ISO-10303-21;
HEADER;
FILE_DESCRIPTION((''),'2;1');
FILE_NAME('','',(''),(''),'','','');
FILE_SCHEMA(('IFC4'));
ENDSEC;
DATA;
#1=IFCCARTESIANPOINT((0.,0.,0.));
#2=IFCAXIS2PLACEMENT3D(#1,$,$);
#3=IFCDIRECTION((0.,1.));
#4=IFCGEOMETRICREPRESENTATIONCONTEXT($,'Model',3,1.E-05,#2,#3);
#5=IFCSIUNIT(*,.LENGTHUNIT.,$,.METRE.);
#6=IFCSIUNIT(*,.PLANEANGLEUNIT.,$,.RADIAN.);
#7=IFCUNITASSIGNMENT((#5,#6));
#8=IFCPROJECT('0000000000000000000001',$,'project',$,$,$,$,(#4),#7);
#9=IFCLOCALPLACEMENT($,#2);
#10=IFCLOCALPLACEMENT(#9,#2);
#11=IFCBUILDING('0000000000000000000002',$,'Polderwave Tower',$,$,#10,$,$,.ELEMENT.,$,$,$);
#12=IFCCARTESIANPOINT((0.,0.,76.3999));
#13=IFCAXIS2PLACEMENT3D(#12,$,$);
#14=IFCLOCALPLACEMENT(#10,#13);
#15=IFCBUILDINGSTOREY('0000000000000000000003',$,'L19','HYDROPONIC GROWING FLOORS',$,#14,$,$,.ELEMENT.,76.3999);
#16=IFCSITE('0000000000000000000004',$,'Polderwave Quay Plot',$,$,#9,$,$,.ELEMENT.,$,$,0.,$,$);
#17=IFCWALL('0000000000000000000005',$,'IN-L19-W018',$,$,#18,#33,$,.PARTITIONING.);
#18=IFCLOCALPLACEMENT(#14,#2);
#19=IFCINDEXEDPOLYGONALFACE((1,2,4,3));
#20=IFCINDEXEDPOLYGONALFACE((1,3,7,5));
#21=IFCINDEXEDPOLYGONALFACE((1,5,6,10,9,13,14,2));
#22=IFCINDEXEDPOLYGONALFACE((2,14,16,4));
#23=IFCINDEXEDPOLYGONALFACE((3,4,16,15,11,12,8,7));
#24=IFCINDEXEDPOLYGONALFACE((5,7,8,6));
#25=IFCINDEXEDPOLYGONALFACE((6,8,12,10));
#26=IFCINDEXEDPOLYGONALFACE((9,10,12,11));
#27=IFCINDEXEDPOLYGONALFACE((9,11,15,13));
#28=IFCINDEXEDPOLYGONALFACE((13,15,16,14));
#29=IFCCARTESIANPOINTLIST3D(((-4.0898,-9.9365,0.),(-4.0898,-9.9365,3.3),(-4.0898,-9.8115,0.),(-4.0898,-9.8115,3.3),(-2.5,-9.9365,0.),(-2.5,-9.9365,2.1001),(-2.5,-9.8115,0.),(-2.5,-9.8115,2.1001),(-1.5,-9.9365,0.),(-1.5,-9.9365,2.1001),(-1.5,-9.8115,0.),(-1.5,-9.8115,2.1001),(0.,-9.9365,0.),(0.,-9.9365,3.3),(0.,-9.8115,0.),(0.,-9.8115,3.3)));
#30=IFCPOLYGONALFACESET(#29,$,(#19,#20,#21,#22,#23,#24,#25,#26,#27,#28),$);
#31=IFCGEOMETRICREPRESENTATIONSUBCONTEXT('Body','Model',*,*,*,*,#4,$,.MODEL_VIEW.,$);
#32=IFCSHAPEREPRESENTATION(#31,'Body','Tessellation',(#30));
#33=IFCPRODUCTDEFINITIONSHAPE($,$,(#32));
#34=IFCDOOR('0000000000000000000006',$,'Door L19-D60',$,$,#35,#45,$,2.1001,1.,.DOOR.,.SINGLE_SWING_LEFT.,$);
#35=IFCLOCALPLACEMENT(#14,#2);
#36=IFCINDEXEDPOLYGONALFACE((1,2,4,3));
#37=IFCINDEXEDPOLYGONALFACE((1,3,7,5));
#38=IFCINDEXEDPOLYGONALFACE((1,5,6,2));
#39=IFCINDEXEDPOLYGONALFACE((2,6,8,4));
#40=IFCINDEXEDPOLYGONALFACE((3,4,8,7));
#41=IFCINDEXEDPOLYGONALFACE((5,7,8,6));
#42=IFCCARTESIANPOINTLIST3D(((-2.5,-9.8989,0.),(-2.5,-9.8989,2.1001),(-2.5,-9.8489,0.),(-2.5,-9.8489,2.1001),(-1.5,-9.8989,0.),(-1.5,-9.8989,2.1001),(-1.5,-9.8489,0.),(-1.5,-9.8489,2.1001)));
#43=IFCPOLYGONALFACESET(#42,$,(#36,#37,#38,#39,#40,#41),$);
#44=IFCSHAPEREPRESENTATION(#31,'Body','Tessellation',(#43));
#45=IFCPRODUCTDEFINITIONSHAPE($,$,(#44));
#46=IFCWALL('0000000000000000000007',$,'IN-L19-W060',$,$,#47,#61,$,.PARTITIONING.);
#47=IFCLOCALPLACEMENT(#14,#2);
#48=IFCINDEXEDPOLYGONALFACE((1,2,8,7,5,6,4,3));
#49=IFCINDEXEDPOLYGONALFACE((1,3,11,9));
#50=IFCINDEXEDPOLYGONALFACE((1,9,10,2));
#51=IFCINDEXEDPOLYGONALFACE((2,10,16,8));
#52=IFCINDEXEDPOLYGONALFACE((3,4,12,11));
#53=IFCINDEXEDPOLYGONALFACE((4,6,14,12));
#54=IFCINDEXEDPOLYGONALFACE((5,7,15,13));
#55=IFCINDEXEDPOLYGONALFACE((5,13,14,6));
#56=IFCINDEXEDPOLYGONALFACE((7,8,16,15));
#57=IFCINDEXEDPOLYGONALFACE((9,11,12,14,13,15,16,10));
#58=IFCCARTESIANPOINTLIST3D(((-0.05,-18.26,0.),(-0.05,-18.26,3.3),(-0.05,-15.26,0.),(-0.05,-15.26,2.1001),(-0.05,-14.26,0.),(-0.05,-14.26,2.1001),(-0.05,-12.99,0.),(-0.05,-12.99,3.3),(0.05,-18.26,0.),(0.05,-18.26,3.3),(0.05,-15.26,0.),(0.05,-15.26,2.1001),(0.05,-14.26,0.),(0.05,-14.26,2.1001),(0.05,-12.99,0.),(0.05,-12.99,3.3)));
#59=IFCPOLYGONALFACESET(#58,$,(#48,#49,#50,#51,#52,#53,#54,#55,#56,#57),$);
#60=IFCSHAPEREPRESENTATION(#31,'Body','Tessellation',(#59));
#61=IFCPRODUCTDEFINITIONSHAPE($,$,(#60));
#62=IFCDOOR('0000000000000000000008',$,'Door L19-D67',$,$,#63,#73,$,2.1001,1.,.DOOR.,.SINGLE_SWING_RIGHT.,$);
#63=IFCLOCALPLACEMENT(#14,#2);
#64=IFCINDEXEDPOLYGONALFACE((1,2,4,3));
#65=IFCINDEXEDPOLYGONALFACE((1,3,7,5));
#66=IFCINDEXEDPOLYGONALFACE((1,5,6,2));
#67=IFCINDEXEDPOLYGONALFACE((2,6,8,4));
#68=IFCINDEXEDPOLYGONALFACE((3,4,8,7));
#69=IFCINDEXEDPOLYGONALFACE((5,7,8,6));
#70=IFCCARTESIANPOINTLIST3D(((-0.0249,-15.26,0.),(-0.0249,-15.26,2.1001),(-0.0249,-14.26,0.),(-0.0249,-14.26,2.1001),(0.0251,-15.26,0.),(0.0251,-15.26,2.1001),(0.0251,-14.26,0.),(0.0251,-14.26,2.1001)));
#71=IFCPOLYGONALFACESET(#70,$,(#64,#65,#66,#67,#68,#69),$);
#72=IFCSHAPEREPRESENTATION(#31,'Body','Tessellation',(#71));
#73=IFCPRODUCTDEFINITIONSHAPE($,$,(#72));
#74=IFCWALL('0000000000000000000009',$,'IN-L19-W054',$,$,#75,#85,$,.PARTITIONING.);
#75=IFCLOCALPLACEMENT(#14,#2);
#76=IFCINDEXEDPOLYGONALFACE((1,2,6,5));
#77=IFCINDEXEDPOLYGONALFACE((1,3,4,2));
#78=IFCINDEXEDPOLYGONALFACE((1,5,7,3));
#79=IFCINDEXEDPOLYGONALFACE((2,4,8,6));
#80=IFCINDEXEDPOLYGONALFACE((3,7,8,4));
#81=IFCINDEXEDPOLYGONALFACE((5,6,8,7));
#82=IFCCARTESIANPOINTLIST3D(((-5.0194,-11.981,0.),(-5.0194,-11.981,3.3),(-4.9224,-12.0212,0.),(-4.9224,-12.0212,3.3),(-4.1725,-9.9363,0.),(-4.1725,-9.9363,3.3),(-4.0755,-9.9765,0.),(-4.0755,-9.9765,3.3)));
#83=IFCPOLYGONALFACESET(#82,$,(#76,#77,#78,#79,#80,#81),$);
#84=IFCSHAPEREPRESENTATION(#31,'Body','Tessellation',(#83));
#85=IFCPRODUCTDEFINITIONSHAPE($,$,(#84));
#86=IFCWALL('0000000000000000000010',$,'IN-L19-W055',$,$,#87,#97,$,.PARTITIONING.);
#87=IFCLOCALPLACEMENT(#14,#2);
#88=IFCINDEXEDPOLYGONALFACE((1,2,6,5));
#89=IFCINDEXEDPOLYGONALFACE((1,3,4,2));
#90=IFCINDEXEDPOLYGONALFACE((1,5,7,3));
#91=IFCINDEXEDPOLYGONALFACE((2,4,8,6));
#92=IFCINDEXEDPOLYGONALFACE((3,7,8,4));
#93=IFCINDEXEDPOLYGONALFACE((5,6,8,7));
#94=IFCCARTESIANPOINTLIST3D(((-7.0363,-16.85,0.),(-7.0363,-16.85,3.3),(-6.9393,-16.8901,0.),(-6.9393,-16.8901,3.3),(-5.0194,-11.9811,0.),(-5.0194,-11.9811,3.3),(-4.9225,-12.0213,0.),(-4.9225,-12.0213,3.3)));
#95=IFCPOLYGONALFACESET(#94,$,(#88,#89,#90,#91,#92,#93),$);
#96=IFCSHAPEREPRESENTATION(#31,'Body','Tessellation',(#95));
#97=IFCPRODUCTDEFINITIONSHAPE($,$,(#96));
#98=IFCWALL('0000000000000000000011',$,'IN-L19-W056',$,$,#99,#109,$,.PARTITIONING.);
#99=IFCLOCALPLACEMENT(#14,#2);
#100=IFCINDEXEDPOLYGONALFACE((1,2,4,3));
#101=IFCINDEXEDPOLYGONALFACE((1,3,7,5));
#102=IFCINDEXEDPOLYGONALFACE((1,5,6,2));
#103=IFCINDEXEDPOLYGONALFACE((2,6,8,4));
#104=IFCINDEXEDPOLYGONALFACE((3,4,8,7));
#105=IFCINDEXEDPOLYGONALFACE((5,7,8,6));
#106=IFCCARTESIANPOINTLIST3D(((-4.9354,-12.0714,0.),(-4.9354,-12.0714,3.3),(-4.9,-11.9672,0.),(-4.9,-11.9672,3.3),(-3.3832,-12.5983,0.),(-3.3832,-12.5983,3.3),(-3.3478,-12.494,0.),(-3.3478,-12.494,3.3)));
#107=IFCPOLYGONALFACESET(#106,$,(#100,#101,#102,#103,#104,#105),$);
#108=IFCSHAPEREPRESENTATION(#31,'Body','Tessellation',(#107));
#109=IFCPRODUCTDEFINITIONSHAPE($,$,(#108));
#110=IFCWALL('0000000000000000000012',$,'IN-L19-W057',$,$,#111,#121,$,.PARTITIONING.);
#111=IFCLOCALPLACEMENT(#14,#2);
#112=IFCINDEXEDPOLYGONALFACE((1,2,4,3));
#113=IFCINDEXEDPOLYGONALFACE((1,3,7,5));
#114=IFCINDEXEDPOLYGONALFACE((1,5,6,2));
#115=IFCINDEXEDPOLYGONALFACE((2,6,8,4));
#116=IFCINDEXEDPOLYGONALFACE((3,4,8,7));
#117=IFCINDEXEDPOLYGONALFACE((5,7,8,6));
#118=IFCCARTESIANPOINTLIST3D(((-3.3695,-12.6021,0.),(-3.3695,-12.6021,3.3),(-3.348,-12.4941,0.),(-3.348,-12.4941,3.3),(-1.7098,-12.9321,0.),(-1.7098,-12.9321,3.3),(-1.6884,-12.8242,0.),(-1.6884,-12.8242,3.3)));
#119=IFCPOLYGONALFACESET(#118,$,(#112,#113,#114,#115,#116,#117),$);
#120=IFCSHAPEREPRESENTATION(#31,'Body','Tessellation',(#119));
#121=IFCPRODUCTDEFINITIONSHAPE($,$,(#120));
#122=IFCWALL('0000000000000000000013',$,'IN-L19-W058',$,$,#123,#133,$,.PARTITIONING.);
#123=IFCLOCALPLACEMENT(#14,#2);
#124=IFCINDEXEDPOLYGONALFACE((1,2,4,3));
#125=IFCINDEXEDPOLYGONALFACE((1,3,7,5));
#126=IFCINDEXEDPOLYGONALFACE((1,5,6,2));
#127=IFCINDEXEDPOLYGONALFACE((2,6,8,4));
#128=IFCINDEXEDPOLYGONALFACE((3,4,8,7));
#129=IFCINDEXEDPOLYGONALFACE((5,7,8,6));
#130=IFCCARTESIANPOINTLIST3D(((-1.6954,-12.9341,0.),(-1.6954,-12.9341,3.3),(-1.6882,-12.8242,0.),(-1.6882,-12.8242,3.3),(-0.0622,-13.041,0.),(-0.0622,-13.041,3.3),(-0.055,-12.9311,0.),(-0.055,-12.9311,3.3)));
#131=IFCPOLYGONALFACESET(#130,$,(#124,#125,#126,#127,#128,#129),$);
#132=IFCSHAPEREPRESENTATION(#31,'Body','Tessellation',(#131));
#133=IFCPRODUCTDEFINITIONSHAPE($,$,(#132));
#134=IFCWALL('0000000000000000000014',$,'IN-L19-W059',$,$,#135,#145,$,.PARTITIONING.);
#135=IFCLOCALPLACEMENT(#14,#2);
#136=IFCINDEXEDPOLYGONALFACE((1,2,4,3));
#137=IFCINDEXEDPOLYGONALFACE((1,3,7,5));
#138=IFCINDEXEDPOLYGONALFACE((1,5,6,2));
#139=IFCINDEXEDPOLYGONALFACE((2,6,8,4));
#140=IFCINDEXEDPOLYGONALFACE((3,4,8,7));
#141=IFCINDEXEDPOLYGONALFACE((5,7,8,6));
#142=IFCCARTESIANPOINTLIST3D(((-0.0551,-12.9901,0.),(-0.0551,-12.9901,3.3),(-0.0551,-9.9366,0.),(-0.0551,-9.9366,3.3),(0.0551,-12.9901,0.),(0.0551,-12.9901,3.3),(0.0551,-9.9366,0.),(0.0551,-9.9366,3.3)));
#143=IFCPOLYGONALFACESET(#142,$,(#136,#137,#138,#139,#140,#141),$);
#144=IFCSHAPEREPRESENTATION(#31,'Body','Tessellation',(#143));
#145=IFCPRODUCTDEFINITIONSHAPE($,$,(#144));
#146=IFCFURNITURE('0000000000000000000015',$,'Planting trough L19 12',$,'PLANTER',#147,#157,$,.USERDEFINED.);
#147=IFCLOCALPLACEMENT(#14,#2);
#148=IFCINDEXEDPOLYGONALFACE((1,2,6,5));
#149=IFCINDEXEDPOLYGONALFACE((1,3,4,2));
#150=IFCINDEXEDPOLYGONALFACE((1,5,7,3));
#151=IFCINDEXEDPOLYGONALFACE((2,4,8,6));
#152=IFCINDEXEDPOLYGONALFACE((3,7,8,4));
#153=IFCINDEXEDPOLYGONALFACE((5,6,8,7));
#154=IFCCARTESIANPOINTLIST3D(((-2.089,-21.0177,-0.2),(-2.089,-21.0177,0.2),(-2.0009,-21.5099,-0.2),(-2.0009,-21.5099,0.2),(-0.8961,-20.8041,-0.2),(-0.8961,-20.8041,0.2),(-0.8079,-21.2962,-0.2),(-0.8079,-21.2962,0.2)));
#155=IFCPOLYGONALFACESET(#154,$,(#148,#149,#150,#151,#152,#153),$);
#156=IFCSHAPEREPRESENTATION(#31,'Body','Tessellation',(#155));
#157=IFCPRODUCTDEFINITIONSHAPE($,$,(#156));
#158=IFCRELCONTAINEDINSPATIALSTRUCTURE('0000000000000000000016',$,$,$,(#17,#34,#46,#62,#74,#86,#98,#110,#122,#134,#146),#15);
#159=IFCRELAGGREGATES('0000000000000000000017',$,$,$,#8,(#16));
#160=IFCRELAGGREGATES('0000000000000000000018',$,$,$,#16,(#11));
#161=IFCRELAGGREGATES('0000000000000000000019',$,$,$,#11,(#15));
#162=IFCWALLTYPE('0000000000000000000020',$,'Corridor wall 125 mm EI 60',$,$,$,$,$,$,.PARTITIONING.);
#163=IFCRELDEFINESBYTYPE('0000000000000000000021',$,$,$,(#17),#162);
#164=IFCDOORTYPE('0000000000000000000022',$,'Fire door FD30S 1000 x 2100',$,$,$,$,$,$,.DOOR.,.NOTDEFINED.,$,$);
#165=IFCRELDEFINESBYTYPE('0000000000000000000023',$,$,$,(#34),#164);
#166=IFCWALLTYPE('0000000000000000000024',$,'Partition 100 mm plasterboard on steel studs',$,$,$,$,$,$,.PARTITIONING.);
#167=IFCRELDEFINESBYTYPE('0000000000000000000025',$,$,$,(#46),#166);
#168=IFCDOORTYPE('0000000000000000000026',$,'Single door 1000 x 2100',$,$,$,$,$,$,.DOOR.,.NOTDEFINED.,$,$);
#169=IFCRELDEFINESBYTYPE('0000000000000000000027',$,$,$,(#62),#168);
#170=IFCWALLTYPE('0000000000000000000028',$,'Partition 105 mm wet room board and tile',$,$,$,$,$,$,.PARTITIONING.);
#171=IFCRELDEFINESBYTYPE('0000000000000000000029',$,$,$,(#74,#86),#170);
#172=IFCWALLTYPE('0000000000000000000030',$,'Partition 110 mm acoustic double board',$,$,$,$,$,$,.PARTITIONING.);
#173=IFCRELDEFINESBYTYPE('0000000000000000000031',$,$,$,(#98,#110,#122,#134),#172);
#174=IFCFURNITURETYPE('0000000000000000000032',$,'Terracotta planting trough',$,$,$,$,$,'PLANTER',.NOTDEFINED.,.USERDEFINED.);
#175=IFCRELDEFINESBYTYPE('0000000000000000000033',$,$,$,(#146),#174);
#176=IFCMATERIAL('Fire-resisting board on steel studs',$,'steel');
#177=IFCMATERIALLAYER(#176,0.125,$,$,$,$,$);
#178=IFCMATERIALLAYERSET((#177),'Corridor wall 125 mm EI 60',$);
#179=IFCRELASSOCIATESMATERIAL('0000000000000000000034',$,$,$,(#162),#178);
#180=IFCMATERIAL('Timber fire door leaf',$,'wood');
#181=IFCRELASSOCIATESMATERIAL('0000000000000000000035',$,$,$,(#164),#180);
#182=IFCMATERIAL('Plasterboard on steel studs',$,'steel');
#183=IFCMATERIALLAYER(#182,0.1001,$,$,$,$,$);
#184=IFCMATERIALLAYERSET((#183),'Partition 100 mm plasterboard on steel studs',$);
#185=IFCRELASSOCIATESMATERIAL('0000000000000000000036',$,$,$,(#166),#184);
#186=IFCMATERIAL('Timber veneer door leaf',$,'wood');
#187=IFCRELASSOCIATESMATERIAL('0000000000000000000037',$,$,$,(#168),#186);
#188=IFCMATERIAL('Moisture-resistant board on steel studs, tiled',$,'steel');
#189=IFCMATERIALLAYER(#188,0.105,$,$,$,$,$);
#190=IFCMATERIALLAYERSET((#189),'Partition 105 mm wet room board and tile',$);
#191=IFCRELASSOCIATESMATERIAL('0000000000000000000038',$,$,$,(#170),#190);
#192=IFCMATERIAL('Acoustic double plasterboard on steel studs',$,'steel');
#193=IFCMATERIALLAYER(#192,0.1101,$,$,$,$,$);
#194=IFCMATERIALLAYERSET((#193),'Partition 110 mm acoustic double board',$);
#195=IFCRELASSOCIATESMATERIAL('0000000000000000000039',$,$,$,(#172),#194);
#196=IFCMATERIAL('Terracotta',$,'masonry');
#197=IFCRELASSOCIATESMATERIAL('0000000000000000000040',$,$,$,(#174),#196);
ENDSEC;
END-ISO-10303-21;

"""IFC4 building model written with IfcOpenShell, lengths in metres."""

from ifc_helpers import new_model, si_unit, direction, frame, frame_2d, origin, origin_2d, place, context, subcontext, project, spatial, rectangle, extrude, material, layer, layer_set, type_object, element, fill, save


model = new_model("IFC4")

# Units and contexts
model_context = context("Model", 3, precision=1e-05, world=origin(), true_north=direction((0.0, 1.0)))
body_context = subcontext(model_context, "Body", "Model", "MODEL_VIEW")
ifc_project = project(units=[si_unit("LENGTHUNIT", "METRE"), si_unit("PLANEANGLEUNIT", "RADIAN")], contexts=[model_context])

# Site, building, storey
site_placement = place(None, origin())
site = spatial("IfcSite", under=ifc_project, at=site_placement, Name="Polderwave Quay Plot", CompositionType="ELEMENT", RefElevation=0.0)
building_placement = place(site_placement, origin())
building = spatial("IfcBuilding", under=site, at=building_placement, Name="Polderwave Tower", CompositionType="ELEMENT")
storey_placement = place(building_placement, frame((0.0, 0.0, 76.3999)))
storey = spatial("IfcBuildingStorey", under=building, at=storey_placement, Name="L19", Description="HYDROPONIC GROWING FLOORS", CompositionType="ELEMENT", Elevation=76.3999)

# Walls, openings, doors
ifc_material_1 = material(Name="Fire-resisting board on steel studs", Category="steel")
ifc_layer_1 = layer(ifc_material_1, 0.125)
ifc_layer_set_1 = layer_set([ifc_layer_1], Name="Corridor wall 125 mm EI 60")
wall_type_1 = type_object("IfcWallType", Name="Corridor wall 125 mm EI 60", PredefinedType="PARTITIONING", material=ifc_layer_set_1)
ifc_material_2 = material(Name="Timber fire door leaf", Category="wood")
door_type_1 = type_object("IfcDoorType", Name="Fire door FD30S 1000 x 2100", OperationType="NOTDEFINED", PredefinedType="DOOR", material=ifc_material_2)
wall_1_placement = place(storey_placement, frame((0.0, -9.874, 0.0), z_axis=(0.0, 0.0, 1.0), x_axis=(-1.0, 0.0, 0.0)))
wall_1 = element("IfcWall", 1, at=wall_1_placement, inside=storey, type_object=wall_type_1, Name="IN-L19-W018", PredefinedType="PARTITIONING", context=body_context, shape_type="SweptSolid", body=[
    extrude(rectangle(XDim=4.0898, YDim=0.125, at=frame_2d((2.0449, 0.0))), origin(), (0.0, 0.0, 1.0), 3.3),
])
opening_1_placement = place(wall_1_placement, frame((1.5, 0.0, 0.0)))
opening_1 = element("IfcOpeningElement", 2, at=opening_1_placement, cuts=wall_1, PredefinedType="OPENING", context=body_context, shape_type="SweptSolid", body=[
    extrude(rectangle(XDim=1.0, YDim=2.1001, at=frame_2d((0.5, 1.05))), frame((0.0, 0.0725, 0.0), z_axis=(0.0, -1.0, 0.0), x_axis=(1.0, 0.0, 0.0)), (0.0, 0.0, 1.0), 0.145),
])
door_1_placement = place(opening_1_placement, origin())
door_1 = element("IfcDoor", 3, at=door_1_placement, inside=storey, type_object=door_type_1, Name="Door L19-D60", OperationType="SINGLE_SWING_LEFT", OverallHeight=2.1001, OverallWidth=1.0, PredefinedType="DOOR", context=body_context, shape_type="SweptSolid", body=[
    extrude(rectangle(XDim=1.0, YDim=2.1001, at=frame_2d((0.5, 1.05))), frame((0.0, 0.0249, 0.0), z_axis=(0.0, -1.0, 0.0), x_axis=(1.0, 0.0, 0.0)), (0.0, 0.0, 1.0), 0.05),
])
fill(opening_1, door_1)
ifc_material_3 = material(Name="Plasterboard on steel studs", Category="steel")
ifc_layer_2 = layer(ifc_material_3, 0.1001)
ifc_layer_set_2 = layer_set([ifc_layer_2], Name="Partition 100 mm plasterboard on steel studs")
wall_type_2 = type_object("IfcWallType", Name="Partition 100 mm plasterboard on steel studs", PredefinedType="PARTITIONING", material=ifc_layer_set_2)
wall_2_placement = place(storey_placement, frame((0.0, -18.26, 0.0), z_axis=(0.0, 0.0, 1.0), x_axis=(0.0, 1.0, 0.0)))
wall_2 = element("IfcWall", 4, at=wall_2_placement, inside=storey, type_object=wall_type_2, Name="IN-L19-W060", PredefinedType="PARTITIONING", context=body_context, shape_type="SweptSolid", body=[
    extrude(rectangle(XDim=5.27, YDim=0.1001, at=frame_2d((2.635, 0.0))), origin(), (0.0, 0.0, 1.0), 3.3),
])
opening_2_placement = place(wall_2_placement, frame((3.0, 0.0, 0.0)))
opening_2 = element("IfcOpeningElement", 5, at=opening_2_placement, cuts=wall_2, PredefinedType="OPENING", context=body_context, shape_type="SweptSolid", body=[
    extrude(rectangle(XDim=1.0, YDim=2.1001, at=frame_2d((0.5, 1.05))), frame((0.0, 0.0601, 0.0), z_axis=(0.0, -1.0, 0.0), x_axis=(1.0, 0.0, 0.0)), (0.0, 0.0, 1.0), 0.1201),
])
ifc_material_4 = material(Name="Timber veneer door leaf", Category="wood")
door_type_2 = type_object("IfcDoorType", Name="Single door 1000 x 2100", OperationType="NOTDEFINED", PredefinedType="DOOR", material=ifc_material_4)
door_2_placement = place(opening_2_placement, origin())
door_2 = element("IfcDoor", 6, at=door_2_placement, inside=storey, type_object=door_type_2, Name="Door L19-D67", OperationType="SINGLE_SWING_RIGHT", OverallHeight=2.1001, OverallWidth=1.0, PredefinedType="DOOR", context=body_context, shape_type="SweptSolid", body=[
    extrude(rectangle(XDim=1.0, YDim=2.1001, at=frame_2d((0.5, 1.05))), frame((0.0, 0.0249, 0.0), z_axis=(0.0, -1.0, 0.0), x_axis=(1.0, 0.0, 0.0)), (0.0, 0.0, 1.0), 0.05),
])
fill(opening_2, door_2)

# Walls
ifc_material_5 = material(Name="Moisture-resistant board on steel studs, tiled", Category="steel")
ifc_layer_3 = layer(ifc_material_5, 0.105)
ifc_layer_set_3 = layer_set([ifc_layer_3], Name="Partition 105 mm wet room board and tile")
wall_type_3 = type_object("IfcWallType", Name="Partition 105 mm wet room board and tile", PredefinedType="PARTITIONING", material=ifc_layer_set_3)
wall_3_placement = place(storey_placement, frame((-4.124, -9.9565, 0.0), z_axis=(0.0, 0.0, 1.0), x_axis=(-0.38268, -0.923881, 0.0)))
element("IfcWall", 7, at=wall_3_placement, inside=storey, type_object=wall_type_3, Name="IN-L19-W054", PredefinedType="PARTITIONING", context=body_context, shape_type="SweptSolid", body=[
    extrude(rectangle(XDim=2.2131, YDim=0.105, at=frame_2d((1.1064, 0.0))), origin(), (0.0, 0.0, 1.0), 3.3),
])
wall_4_placement = place(storey_placement, frame((-4.9709, -12.0012, 0.0), z_axis=(0.0, 0.0, 1.0), x_axis=(-0.382697, -0.923874, 0.0)))
element("IfcWall", 8, at=wall_4_placement, inside=storey, type_object=wall_type_3, Name="IN-L19-W055", PredefinedType="PARTITIONING", context=body_context, shape_type="SweptSolid", body=[
    extrude(rectangle(XDim=5.27, YDim=0.105, at=frame_2d((2.635, 0.0))), origin(), (0.0, 0.0, 1.0), 3.3),
])
ifc_material_6 = material(Name="Acoustic double plasterboard on steel studs", Category="steel")
ifc_layer_4 = layer(ifc_material_6, 0.1101)
ifc_layer_set_4 = layer_set([ifc_layer_4], Name="Partition 110 mm acoustic double board")
wall_type_4 = type_object("IfcWallType", Name="Partition 110 mm acoustic double board", PredefinedType="PARTITIONING", material=ifc_layer_set_4)
wall_5_placement = place(storey_placement, frame((-3.3655, -12.5461, 0.0), z_axis=(0.0, 0.0, 1.0), x_axis=(-0.946941, 0.321406, 0.0)))
element("IfcWall", 9, at=wall_5_placement, inside=storey, type_object=wall_type_4, Name="IN-L19-W056", PredefinedType="PARTITIONING", context=body_context, shape_type="SweptSolid", body=[
    extrude(rectangle(XDim=1.6392, YDim=0.1101, at=frame_2d((0.8196, 0.0))), origin(), (0.0, 0.0, 1.0), 3.3),
])
wall_6_placement = place(storey_placement, frame((-1.699, -12.8782, 0.0), z_axis=(0.0, 0.0, 1.0), x_axis=(-0.980791, 0.195062, 0.0)))
element("IfcWall", 10, at=wall_6_placement, inside=storey, type_object=wall_type_4, Name="IN-L19-W057", PredefinedType="PARTITIONING", context=body_context, shape_type="SweptSolid", body=[
    extrude(rectangle(XDim=1.6921, YDim=0.1101, at=frame_2d((0.8462, 0.0))), origin(), (0.0, 0.0, 1.0), 3.3),
])
wall_7_placement = place(storey_placement, frame((-0.0586, -12.9861, 0.0), z_axis=(0.0, 0.0, 1.0), x_axis=(-0.997864, 0.065331, 0.0)))
element("IfcWall", 11, at=wall_7_placement, inside=storey, type_object=wall_type_4, Name="IN-L19-W058", PredefinedType="PARTITIONING", context=body_context, shape_type="SweptSolid", body=[
    extrude(rectangle(XDim=1.6367, YDim=0.1101, at=frame_2d((0.8184, 0.0))), origin(), (0.0, 0.0, 1.0), 3.3),
])
wall_8_placement = place(storey_placement, frame((0.0, -9.9365, 0.0), z_axis=(0.0, 0.0, 1.0), x_axis=(0.0, -1.0, 0.0)))
element("IfcWall", 12, at=wall_8_placement, inside=storey, type_object=wall_type_4, Name="IN-L19-W059", PredefinedType="PARTITIONING", context=body_context, shape_type="SweptSolid", body=[
    extrude(rectangle(XDim=3.0535, YDim=0.1101, at=frame_2d((1.5269, 0.0))), origin(), (0.0, 0.0, 1.0), 3.3),
])

# Furniture
ifc_material_7 = material(Name="Terracotta", Category="masonry")
furniture_type = type_object("IfcFurnitureType", Name="Terracotta planting trough", ElementType="PLANTER", AssemblyPlace="NOTDEFINED", PredefinedType="USERDEFINED", material=ifc_material_7)
furniture_placement = place(storey_placement, frame((-1.4485, -21.157, -0.2), z_axis=(0.0, 0.0, 1.0), x_axis=(0.984339, 0.176284, 0.0)))
element("IfcFurniture", 13, at=furniture_placement, inside=storey, type_object=furniture_type, Name="Planting trough L19 12", ObjectType="PLANTER", PredefinedType="USERDEFINED", context=body_context, shape_type="SweptSolid", body=[
    extrude(rectangle(XDim=1.2119, YDim=0.5, at=origin_2d()), origin(), (0.0, 0.0, 1.0), 0.3999),
])

save(model, "model.ifc")
